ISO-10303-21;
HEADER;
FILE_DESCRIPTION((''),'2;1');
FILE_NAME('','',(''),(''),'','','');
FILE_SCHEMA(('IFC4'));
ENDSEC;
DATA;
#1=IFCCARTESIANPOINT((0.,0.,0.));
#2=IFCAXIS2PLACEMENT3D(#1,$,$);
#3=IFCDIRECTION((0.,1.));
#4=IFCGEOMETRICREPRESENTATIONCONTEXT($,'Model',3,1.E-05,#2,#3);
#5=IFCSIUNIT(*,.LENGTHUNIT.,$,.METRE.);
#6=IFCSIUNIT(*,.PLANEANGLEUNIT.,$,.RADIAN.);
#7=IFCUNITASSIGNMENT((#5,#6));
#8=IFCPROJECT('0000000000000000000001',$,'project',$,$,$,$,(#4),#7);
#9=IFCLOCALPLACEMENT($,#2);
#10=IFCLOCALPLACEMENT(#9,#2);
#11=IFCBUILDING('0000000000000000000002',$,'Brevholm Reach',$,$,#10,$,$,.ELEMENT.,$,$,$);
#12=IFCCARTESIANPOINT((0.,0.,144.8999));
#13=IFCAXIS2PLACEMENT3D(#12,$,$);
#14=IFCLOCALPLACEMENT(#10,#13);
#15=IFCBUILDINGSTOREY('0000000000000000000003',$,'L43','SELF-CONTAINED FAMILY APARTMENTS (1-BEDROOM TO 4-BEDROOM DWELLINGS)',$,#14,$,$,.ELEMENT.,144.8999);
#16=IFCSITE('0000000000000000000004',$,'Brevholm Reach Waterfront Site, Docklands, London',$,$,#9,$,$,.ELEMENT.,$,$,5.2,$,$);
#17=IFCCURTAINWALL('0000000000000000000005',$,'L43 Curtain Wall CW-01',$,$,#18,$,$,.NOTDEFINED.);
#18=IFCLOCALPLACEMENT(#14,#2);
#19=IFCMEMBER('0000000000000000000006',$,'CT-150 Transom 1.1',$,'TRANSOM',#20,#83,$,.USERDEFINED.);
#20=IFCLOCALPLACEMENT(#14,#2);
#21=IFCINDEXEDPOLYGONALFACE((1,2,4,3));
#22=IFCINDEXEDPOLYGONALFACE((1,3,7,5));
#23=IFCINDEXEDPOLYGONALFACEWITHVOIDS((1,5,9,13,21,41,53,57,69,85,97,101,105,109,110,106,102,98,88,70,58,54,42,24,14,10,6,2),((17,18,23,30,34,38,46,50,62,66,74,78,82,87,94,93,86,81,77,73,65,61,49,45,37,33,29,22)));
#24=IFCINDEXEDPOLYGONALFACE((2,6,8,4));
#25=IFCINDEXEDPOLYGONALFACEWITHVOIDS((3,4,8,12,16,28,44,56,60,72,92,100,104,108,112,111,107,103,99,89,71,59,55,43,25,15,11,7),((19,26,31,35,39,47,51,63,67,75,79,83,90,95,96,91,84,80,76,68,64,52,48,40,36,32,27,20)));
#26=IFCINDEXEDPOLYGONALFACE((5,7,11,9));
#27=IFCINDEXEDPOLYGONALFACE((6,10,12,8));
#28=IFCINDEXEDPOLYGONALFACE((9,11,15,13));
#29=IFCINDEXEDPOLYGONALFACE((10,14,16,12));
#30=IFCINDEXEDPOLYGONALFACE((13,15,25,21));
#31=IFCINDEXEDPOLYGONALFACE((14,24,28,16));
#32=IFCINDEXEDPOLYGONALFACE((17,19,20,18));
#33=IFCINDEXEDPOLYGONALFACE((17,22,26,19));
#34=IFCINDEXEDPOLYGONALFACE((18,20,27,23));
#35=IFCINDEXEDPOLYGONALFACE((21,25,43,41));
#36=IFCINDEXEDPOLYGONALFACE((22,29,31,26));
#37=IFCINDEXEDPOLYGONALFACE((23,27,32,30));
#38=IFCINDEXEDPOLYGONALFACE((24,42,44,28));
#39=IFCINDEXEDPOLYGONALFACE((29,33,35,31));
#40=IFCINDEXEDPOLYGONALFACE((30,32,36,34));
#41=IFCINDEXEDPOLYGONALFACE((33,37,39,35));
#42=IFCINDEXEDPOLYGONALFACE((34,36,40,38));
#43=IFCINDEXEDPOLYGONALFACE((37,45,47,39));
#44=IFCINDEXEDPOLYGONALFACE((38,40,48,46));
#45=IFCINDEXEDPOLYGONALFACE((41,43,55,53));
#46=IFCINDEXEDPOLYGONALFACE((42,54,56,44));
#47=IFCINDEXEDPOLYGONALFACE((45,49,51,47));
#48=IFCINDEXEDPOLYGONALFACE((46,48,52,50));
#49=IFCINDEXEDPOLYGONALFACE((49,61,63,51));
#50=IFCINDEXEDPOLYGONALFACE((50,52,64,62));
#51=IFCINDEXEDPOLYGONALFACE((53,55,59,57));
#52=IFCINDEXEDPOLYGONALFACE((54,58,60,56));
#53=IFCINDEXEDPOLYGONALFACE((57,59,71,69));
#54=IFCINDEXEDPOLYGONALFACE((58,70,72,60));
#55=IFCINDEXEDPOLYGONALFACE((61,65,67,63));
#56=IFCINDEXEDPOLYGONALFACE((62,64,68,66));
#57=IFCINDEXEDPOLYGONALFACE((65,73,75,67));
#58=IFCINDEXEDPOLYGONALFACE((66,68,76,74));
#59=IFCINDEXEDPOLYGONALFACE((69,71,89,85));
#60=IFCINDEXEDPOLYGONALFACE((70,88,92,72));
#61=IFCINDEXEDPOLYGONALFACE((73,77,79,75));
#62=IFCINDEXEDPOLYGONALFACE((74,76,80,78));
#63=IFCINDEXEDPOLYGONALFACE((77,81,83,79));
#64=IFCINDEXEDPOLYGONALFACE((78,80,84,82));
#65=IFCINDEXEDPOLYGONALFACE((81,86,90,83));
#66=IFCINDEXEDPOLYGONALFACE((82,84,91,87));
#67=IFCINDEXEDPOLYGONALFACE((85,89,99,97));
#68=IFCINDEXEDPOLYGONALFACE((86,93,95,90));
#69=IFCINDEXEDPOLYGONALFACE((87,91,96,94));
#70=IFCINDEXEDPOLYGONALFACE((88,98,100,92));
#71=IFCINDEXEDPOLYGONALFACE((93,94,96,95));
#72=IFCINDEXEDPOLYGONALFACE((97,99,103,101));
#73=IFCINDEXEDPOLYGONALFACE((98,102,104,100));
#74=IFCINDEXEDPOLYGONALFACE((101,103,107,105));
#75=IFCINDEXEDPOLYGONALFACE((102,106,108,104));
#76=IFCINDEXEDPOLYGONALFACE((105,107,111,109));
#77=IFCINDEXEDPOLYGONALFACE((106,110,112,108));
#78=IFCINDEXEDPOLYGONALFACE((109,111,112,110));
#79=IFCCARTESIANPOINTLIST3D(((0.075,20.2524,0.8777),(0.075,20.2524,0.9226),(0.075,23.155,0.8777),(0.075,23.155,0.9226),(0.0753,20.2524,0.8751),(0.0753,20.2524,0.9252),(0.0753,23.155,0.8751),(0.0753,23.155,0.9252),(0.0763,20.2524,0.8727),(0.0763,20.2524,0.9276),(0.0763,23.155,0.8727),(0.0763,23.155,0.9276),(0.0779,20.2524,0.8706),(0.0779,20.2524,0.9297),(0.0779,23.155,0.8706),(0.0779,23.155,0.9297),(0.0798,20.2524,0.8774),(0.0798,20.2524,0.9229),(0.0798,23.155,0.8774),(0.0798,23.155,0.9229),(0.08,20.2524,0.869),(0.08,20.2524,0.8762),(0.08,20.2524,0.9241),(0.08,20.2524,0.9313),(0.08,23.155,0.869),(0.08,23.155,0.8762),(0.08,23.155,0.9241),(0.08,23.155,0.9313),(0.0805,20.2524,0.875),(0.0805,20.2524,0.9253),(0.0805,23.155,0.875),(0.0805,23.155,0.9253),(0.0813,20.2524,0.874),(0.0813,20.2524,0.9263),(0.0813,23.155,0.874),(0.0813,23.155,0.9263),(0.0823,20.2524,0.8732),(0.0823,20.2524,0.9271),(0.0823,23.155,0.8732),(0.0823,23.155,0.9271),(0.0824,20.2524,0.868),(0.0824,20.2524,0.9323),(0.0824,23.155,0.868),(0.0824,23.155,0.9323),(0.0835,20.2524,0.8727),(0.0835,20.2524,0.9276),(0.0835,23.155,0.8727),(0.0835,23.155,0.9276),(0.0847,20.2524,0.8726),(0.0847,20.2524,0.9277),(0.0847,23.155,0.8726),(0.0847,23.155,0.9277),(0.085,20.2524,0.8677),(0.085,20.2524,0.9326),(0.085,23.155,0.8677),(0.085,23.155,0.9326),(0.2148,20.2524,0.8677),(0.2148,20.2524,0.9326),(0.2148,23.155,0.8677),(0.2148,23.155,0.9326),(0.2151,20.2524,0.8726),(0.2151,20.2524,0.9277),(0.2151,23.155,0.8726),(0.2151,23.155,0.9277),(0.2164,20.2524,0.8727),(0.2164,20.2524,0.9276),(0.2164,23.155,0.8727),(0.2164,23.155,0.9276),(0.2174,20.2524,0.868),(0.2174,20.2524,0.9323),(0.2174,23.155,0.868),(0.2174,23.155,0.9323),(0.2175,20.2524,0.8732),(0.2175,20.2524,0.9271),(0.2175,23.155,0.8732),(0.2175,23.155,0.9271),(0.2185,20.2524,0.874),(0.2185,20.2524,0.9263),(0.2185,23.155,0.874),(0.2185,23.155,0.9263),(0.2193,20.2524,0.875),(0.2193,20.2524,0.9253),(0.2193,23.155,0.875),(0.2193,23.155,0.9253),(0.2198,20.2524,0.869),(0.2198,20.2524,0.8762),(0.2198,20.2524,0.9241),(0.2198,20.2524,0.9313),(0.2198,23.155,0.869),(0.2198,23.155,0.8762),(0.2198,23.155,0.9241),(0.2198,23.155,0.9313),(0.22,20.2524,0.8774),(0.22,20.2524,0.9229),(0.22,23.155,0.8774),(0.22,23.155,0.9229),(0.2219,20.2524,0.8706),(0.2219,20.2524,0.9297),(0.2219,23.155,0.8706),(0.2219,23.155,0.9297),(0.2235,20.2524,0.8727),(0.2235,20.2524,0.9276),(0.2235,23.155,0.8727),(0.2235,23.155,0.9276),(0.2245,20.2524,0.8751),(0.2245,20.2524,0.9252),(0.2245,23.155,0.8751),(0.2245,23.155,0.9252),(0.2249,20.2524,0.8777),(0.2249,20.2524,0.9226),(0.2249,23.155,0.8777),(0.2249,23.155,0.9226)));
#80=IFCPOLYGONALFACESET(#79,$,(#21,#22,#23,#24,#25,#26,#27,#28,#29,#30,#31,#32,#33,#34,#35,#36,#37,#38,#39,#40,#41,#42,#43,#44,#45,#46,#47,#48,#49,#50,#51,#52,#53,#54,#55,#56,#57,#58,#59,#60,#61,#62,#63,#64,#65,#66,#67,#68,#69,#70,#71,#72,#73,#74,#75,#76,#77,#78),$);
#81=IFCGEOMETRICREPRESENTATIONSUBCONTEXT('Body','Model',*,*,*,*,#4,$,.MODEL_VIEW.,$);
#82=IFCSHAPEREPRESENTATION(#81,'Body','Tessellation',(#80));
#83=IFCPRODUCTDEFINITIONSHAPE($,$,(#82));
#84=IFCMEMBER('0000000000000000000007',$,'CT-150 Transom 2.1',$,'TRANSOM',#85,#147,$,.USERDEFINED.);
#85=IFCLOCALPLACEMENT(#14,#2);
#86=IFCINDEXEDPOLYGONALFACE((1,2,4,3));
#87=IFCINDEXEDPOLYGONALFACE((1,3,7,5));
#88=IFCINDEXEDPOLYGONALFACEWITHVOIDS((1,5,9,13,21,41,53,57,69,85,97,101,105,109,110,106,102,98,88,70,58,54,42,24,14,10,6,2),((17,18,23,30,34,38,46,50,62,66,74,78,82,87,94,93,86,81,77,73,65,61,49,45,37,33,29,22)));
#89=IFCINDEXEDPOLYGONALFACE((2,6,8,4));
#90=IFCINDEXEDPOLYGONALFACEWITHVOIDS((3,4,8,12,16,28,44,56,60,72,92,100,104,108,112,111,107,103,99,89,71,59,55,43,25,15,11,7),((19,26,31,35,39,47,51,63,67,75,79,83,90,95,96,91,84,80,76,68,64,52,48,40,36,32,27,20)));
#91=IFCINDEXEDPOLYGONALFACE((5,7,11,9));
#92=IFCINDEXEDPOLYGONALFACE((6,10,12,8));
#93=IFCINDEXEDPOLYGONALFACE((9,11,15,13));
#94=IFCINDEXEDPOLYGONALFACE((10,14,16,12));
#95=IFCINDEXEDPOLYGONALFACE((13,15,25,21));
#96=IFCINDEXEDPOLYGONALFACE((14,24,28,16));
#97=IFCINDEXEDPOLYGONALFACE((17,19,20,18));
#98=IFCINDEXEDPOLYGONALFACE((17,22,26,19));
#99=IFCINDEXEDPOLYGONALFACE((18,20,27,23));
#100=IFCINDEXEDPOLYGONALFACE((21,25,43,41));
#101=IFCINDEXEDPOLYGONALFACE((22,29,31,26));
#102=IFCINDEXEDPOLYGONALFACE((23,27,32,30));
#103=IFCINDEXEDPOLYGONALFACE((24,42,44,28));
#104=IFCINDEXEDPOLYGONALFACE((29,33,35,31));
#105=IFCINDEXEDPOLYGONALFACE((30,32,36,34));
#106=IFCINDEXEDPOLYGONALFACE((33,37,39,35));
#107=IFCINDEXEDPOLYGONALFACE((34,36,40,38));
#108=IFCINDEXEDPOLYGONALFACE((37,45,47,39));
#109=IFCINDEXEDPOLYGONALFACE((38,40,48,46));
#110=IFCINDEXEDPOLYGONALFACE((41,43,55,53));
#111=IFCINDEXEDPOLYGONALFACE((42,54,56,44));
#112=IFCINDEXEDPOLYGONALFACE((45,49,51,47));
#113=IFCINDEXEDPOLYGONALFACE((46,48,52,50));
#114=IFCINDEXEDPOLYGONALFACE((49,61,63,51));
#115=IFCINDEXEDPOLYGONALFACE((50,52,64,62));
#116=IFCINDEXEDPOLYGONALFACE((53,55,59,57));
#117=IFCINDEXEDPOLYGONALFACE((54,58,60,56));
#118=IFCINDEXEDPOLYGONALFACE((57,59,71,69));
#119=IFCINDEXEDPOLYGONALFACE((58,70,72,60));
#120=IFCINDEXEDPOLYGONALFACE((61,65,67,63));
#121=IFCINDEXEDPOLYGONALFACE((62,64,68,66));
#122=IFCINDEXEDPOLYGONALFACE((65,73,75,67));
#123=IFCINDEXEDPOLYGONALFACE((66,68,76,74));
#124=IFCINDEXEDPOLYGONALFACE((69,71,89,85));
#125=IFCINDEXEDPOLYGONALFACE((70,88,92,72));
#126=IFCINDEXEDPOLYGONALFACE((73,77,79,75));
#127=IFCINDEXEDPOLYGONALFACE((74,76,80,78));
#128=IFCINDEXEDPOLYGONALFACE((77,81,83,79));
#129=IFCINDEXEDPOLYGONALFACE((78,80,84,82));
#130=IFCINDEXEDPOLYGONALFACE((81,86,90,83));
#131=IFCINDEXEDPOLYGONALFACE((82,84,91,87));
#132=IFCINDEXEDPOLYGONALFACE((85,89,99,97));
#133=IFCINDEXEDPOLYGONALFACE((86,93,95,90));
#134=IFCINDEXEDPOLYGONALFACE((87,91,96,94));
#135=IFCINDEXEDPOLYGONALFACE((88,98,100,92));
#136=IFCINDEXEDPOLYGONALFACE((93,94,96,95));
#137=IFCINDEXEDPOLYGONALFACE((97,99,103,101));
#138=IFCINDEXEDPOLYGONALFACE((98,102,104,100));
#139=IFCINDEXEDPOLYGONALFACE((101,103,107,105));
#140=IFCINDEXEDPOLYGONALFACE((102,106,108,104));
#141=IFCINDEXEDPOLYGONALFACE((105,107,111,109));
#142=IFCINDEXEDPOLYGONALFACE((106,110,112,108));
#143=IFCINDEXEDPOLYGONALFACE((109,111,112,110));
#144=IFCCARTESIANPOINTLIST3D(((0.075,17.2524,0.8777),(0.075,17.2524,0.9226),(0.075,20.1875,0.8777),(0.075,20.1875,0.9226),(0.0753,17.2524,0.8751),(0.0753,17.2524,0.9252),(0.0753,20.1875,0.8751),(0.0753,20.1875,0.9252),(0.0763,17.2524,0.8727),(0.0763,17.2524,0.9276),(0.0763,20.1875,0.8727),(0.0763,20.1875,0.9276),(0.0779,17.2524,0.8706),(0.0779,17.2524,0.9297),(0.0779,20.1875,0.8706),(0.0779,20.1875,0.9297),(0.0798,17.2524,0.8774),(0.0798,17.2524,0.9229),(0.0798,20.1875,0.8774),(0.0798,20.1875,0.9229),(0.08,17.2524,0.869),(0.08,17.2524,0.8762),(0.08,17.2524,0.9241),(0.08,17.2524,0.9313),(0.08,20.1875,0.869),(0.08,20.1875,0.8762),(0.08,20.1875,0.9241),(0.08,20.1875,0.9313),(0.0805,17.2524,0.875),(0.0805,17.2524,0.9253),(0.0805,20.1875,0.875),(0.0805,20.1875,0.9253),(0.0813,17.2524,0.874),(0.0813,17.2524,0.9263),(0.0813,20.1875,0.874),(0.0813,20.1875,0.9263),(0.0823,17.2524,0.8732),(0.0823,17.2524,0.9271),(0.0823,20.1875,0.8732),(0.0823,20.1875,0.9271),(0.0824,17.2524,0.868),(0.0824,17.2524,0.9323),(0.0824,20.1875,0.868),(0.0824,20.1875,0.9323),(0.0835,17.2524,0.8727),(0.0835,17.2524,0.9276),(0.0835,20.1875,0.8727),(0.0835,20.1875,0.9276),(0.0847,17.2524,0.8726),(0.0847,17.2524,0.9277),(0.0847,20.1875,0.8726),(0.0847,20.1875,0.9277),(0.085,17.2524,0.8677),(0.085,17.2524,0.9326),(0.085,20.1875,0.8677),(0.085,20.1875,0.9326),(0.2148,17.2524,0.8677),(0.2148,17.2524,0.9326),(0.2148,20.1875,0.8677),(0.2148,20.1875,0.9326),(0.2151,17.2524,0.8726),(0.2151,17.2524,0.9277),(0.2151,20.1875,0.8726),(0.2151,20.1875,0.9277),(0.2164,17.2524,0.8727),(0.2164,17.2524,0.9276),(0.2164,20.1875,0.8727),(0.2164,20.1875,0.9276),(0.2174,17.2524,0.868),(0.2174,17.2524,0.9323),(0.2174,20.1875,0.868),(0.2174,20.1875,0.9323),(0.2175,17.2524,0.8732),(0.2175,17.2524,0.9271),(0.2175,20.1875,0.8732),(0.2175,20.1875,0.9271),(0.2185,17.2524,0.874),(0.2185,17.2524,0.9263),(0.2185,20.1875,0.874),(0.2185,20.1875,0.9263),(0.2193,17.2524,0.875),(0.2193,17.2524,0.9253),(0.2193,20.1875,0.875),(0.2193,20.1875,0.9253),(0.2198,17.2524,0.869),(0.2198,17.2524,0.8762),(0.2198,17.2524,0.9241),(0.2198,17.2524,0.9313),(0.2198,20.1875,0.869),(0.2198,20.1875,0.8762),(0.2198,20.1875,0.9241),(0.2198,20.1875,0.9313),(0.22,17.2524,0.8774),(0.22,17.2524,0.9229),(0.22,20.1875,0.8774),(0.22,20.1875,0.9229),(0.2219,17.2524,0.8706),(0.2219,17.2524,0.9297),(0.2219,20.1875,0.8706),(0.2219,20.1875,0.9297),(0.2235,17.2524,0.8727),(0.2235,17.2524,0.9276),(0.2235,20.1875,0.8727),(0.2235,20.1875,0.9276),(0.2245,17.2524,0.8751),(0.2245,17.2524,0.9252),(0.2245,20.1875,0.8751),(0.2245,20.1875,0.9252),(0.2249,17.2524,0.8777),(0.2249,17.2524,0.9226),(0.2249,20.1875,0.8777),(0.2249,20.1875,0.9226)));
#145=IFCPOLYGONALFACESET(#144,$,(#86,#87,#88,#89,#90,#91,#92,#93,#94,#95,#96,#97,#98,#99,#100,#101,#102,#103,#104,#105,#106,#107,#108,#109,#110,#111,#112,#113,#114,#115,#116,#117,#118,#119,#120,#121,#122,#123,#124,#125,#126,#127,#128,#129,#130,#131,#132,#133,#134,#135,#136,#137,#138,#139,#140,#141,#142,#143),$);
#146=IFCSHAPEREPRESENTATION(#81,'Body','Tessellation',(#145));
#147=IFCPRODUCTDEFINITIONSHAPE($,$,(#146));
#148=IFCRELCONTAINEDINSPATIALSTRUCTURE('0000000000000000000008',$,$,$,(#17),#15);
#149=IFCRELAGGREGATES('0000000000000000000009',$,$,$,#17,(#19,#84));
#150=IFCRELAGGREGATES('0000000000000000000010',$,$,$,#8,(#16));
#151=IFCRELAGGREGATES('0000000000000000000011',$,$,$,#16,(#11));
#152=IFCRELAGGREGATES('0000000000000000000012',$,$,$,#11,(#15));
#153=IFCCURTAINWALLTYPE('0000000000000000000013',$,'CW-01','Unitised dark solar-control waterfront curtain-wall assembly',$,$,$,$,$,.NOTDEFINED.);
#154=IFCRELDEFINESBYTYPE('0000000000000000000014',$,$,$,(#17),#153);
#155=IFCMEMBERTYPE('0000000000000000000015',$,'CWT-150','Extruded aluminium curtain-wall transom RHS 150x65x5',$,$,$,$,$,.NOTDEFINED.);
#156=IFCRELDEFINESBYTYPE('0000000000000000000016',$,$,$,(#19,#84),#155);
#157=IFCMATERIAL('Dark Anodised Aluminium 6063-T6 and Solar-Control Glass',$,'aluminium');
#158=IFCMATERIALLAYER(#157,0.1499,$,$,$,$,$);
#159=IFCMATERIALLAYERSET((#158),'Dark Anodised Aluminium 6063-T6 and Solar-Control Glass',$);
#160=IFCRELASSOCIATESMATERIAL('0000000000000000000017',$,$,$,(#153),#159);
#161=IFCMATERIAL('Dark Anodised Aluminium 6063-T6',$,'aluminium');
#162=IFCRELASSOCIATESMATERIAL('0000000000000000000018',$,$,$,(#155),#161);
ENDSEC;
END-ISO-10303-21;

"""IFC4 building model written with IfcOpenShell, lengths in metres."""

from ifc_helpers import new_model, si_unit, direction, frame, origin, origin_2d, place, context, subcontext, project, spatial, hollow_rectangle, extrude, material, layer, layer_set, material_profile, profile_set, type_object, element, aggregate, save


model = new_model("IFC4")

# Units and contexts
model_context = context("Model", 3, precision=1e-05, world=origin(), true_north=direction((0.0, 1.0)))
body_context = subcontext(model_context, "Body", "Model", "MODEL_VIEW")
ifc_project = project(units=[si_unit("LENGTHUNIT", "METRE"), si_unit("PLANEANGLEUNIT", "RADIAN")], contexts=[model_context])

# Site, building, storey
site_placement = place(None, origin())
site = spatial("IfcSite", under=ifc_project, at=site_placement, Name="Brevholm Reach Waterfront Site, Docklands, London", CompositionType="ELEMENT", RefElevation=5.2)
building_placement = place(site_placement, origin())
building = spatial("IfcBuilding", under=site, at=building_placement, Name="Brevholm Reach", CompositionType="ELEMENT")
storey_placement = place(building_placement, frame((0.0, 0.0, 144.8999)))
storey = spatial("IfcBuildingStorey", under=building, at=storey_placement, Name="L43", Description="SELF-CONTAINED FAMILY APARTMENTS (1-BEDROOM TO 4-BEDROOM DWELLINGS)", CompositionType="ELEMENT", Elevation=144.8999)

# Curtain wall, members
ifc_material_1 = material(Name="Dark Anodised Aluminium 6063-T6 and Solar-Control Glass", Category="aluminium")
ifc_layer_1 = layer(ifc_material_1, 0.1499)
ifc_layer_set_1 = layer_set([ifc_layer_1], Name="Dark Anodised Aluminium 6063-T6 and Solar-Control Glass")
curtain_wall_type = type_object("IfcCurtainWallType", Name="CW-01", Description="Unitised dark solar-control waterfront curtain-wall assembly", PredefinedType="NOTDEFINED", material=ifc_layer_set_1)
curtain_wall_placement = place(storey_placement, origin())
curtain_wall = element("IfcCurtainWall", 1, at=curtain_wall_placement, inside=storey, type_object=curtain_wall_type, Name="L43 Curtain Wall CW-01", PredefinedType="NOTDEFINED")
ifc_material_2 = material(Name="Dark Anodised Aluminium 6063-T6", Category="aluminium")
ifc_material_profile_1 = material_profile(ifc_material_2, hollow_rectangle(XDim=0.0649, YDim=0.1499, WallThickness=0.0049, InnerFilletRadius=0.0049, OuterFilletRadius=0.01, at=origin_2d()), Name="RHS 150x65x5")
ifc_profile_set_1 = profile_set([ifc_material_profile_1], Name="Dark Anodised Aluminium 6063-T6")
member_type_1 = type_object("IfcMemberType", Name="CWT-150", Description="Extruded aluminium curtain-wall transom RHS 150x65x5", PredefinedType="NOTDEFINED", material=ifc_profile_set_1)
member_1_placement = place(storey_placement, frame((0.1499, 23.155, 0.9001), z_axis=(0.0, -1.0, 0.0), x_axis=(0.0, 0.0, 1.0)))
member_1 = element("IfcMember", 2, at=member_1_placement, type_object=member_type_1, Name="CT-150 Transom 1.1", ObjectType="TRANSOM", PredefinedType="USERDEFINED", context=body_context, shape_type="SweptSolid", body=[
    extrude(hollow_rectangle(XDim=0.0649, YDim=0.1499, WallThickness=0.0049, InnerFilletRadius=0.0049, OuterFilletRadius=0.01, at=origin_2d()), origin(), (0.0, 0.0, 1.0), 2.9026),
])
member_2_placement = place(storey_placement, frame((0.1499, 20.1875, 0.9001), z_axis=(0.0, -1.0, 0.0), x_axis=(0.0, 0.0, 1.0)))
member_2 = element("IfcMember", 3, at=member_2_placement, type_object=member_type_1, Name="CT-150 Transom 2.1", ObjectType="TRANSOM", PredefinedType="USERDEFINED", context=body_context, shape_type="SweptSolid", body=[
    extrude(hollow_rectangle(XDim=0.0649, YDim=0.1499, WallThickness=0.0049, InnerFilletRadius=0.0049, OuterFilletRadius=0.01, at=origin_2d()), origin(), (0.0, 0.0, 1.0), 2.9351),
])
aggregate(curtain_wall, [member_1, member_2])

save(model, "model.ifc")
